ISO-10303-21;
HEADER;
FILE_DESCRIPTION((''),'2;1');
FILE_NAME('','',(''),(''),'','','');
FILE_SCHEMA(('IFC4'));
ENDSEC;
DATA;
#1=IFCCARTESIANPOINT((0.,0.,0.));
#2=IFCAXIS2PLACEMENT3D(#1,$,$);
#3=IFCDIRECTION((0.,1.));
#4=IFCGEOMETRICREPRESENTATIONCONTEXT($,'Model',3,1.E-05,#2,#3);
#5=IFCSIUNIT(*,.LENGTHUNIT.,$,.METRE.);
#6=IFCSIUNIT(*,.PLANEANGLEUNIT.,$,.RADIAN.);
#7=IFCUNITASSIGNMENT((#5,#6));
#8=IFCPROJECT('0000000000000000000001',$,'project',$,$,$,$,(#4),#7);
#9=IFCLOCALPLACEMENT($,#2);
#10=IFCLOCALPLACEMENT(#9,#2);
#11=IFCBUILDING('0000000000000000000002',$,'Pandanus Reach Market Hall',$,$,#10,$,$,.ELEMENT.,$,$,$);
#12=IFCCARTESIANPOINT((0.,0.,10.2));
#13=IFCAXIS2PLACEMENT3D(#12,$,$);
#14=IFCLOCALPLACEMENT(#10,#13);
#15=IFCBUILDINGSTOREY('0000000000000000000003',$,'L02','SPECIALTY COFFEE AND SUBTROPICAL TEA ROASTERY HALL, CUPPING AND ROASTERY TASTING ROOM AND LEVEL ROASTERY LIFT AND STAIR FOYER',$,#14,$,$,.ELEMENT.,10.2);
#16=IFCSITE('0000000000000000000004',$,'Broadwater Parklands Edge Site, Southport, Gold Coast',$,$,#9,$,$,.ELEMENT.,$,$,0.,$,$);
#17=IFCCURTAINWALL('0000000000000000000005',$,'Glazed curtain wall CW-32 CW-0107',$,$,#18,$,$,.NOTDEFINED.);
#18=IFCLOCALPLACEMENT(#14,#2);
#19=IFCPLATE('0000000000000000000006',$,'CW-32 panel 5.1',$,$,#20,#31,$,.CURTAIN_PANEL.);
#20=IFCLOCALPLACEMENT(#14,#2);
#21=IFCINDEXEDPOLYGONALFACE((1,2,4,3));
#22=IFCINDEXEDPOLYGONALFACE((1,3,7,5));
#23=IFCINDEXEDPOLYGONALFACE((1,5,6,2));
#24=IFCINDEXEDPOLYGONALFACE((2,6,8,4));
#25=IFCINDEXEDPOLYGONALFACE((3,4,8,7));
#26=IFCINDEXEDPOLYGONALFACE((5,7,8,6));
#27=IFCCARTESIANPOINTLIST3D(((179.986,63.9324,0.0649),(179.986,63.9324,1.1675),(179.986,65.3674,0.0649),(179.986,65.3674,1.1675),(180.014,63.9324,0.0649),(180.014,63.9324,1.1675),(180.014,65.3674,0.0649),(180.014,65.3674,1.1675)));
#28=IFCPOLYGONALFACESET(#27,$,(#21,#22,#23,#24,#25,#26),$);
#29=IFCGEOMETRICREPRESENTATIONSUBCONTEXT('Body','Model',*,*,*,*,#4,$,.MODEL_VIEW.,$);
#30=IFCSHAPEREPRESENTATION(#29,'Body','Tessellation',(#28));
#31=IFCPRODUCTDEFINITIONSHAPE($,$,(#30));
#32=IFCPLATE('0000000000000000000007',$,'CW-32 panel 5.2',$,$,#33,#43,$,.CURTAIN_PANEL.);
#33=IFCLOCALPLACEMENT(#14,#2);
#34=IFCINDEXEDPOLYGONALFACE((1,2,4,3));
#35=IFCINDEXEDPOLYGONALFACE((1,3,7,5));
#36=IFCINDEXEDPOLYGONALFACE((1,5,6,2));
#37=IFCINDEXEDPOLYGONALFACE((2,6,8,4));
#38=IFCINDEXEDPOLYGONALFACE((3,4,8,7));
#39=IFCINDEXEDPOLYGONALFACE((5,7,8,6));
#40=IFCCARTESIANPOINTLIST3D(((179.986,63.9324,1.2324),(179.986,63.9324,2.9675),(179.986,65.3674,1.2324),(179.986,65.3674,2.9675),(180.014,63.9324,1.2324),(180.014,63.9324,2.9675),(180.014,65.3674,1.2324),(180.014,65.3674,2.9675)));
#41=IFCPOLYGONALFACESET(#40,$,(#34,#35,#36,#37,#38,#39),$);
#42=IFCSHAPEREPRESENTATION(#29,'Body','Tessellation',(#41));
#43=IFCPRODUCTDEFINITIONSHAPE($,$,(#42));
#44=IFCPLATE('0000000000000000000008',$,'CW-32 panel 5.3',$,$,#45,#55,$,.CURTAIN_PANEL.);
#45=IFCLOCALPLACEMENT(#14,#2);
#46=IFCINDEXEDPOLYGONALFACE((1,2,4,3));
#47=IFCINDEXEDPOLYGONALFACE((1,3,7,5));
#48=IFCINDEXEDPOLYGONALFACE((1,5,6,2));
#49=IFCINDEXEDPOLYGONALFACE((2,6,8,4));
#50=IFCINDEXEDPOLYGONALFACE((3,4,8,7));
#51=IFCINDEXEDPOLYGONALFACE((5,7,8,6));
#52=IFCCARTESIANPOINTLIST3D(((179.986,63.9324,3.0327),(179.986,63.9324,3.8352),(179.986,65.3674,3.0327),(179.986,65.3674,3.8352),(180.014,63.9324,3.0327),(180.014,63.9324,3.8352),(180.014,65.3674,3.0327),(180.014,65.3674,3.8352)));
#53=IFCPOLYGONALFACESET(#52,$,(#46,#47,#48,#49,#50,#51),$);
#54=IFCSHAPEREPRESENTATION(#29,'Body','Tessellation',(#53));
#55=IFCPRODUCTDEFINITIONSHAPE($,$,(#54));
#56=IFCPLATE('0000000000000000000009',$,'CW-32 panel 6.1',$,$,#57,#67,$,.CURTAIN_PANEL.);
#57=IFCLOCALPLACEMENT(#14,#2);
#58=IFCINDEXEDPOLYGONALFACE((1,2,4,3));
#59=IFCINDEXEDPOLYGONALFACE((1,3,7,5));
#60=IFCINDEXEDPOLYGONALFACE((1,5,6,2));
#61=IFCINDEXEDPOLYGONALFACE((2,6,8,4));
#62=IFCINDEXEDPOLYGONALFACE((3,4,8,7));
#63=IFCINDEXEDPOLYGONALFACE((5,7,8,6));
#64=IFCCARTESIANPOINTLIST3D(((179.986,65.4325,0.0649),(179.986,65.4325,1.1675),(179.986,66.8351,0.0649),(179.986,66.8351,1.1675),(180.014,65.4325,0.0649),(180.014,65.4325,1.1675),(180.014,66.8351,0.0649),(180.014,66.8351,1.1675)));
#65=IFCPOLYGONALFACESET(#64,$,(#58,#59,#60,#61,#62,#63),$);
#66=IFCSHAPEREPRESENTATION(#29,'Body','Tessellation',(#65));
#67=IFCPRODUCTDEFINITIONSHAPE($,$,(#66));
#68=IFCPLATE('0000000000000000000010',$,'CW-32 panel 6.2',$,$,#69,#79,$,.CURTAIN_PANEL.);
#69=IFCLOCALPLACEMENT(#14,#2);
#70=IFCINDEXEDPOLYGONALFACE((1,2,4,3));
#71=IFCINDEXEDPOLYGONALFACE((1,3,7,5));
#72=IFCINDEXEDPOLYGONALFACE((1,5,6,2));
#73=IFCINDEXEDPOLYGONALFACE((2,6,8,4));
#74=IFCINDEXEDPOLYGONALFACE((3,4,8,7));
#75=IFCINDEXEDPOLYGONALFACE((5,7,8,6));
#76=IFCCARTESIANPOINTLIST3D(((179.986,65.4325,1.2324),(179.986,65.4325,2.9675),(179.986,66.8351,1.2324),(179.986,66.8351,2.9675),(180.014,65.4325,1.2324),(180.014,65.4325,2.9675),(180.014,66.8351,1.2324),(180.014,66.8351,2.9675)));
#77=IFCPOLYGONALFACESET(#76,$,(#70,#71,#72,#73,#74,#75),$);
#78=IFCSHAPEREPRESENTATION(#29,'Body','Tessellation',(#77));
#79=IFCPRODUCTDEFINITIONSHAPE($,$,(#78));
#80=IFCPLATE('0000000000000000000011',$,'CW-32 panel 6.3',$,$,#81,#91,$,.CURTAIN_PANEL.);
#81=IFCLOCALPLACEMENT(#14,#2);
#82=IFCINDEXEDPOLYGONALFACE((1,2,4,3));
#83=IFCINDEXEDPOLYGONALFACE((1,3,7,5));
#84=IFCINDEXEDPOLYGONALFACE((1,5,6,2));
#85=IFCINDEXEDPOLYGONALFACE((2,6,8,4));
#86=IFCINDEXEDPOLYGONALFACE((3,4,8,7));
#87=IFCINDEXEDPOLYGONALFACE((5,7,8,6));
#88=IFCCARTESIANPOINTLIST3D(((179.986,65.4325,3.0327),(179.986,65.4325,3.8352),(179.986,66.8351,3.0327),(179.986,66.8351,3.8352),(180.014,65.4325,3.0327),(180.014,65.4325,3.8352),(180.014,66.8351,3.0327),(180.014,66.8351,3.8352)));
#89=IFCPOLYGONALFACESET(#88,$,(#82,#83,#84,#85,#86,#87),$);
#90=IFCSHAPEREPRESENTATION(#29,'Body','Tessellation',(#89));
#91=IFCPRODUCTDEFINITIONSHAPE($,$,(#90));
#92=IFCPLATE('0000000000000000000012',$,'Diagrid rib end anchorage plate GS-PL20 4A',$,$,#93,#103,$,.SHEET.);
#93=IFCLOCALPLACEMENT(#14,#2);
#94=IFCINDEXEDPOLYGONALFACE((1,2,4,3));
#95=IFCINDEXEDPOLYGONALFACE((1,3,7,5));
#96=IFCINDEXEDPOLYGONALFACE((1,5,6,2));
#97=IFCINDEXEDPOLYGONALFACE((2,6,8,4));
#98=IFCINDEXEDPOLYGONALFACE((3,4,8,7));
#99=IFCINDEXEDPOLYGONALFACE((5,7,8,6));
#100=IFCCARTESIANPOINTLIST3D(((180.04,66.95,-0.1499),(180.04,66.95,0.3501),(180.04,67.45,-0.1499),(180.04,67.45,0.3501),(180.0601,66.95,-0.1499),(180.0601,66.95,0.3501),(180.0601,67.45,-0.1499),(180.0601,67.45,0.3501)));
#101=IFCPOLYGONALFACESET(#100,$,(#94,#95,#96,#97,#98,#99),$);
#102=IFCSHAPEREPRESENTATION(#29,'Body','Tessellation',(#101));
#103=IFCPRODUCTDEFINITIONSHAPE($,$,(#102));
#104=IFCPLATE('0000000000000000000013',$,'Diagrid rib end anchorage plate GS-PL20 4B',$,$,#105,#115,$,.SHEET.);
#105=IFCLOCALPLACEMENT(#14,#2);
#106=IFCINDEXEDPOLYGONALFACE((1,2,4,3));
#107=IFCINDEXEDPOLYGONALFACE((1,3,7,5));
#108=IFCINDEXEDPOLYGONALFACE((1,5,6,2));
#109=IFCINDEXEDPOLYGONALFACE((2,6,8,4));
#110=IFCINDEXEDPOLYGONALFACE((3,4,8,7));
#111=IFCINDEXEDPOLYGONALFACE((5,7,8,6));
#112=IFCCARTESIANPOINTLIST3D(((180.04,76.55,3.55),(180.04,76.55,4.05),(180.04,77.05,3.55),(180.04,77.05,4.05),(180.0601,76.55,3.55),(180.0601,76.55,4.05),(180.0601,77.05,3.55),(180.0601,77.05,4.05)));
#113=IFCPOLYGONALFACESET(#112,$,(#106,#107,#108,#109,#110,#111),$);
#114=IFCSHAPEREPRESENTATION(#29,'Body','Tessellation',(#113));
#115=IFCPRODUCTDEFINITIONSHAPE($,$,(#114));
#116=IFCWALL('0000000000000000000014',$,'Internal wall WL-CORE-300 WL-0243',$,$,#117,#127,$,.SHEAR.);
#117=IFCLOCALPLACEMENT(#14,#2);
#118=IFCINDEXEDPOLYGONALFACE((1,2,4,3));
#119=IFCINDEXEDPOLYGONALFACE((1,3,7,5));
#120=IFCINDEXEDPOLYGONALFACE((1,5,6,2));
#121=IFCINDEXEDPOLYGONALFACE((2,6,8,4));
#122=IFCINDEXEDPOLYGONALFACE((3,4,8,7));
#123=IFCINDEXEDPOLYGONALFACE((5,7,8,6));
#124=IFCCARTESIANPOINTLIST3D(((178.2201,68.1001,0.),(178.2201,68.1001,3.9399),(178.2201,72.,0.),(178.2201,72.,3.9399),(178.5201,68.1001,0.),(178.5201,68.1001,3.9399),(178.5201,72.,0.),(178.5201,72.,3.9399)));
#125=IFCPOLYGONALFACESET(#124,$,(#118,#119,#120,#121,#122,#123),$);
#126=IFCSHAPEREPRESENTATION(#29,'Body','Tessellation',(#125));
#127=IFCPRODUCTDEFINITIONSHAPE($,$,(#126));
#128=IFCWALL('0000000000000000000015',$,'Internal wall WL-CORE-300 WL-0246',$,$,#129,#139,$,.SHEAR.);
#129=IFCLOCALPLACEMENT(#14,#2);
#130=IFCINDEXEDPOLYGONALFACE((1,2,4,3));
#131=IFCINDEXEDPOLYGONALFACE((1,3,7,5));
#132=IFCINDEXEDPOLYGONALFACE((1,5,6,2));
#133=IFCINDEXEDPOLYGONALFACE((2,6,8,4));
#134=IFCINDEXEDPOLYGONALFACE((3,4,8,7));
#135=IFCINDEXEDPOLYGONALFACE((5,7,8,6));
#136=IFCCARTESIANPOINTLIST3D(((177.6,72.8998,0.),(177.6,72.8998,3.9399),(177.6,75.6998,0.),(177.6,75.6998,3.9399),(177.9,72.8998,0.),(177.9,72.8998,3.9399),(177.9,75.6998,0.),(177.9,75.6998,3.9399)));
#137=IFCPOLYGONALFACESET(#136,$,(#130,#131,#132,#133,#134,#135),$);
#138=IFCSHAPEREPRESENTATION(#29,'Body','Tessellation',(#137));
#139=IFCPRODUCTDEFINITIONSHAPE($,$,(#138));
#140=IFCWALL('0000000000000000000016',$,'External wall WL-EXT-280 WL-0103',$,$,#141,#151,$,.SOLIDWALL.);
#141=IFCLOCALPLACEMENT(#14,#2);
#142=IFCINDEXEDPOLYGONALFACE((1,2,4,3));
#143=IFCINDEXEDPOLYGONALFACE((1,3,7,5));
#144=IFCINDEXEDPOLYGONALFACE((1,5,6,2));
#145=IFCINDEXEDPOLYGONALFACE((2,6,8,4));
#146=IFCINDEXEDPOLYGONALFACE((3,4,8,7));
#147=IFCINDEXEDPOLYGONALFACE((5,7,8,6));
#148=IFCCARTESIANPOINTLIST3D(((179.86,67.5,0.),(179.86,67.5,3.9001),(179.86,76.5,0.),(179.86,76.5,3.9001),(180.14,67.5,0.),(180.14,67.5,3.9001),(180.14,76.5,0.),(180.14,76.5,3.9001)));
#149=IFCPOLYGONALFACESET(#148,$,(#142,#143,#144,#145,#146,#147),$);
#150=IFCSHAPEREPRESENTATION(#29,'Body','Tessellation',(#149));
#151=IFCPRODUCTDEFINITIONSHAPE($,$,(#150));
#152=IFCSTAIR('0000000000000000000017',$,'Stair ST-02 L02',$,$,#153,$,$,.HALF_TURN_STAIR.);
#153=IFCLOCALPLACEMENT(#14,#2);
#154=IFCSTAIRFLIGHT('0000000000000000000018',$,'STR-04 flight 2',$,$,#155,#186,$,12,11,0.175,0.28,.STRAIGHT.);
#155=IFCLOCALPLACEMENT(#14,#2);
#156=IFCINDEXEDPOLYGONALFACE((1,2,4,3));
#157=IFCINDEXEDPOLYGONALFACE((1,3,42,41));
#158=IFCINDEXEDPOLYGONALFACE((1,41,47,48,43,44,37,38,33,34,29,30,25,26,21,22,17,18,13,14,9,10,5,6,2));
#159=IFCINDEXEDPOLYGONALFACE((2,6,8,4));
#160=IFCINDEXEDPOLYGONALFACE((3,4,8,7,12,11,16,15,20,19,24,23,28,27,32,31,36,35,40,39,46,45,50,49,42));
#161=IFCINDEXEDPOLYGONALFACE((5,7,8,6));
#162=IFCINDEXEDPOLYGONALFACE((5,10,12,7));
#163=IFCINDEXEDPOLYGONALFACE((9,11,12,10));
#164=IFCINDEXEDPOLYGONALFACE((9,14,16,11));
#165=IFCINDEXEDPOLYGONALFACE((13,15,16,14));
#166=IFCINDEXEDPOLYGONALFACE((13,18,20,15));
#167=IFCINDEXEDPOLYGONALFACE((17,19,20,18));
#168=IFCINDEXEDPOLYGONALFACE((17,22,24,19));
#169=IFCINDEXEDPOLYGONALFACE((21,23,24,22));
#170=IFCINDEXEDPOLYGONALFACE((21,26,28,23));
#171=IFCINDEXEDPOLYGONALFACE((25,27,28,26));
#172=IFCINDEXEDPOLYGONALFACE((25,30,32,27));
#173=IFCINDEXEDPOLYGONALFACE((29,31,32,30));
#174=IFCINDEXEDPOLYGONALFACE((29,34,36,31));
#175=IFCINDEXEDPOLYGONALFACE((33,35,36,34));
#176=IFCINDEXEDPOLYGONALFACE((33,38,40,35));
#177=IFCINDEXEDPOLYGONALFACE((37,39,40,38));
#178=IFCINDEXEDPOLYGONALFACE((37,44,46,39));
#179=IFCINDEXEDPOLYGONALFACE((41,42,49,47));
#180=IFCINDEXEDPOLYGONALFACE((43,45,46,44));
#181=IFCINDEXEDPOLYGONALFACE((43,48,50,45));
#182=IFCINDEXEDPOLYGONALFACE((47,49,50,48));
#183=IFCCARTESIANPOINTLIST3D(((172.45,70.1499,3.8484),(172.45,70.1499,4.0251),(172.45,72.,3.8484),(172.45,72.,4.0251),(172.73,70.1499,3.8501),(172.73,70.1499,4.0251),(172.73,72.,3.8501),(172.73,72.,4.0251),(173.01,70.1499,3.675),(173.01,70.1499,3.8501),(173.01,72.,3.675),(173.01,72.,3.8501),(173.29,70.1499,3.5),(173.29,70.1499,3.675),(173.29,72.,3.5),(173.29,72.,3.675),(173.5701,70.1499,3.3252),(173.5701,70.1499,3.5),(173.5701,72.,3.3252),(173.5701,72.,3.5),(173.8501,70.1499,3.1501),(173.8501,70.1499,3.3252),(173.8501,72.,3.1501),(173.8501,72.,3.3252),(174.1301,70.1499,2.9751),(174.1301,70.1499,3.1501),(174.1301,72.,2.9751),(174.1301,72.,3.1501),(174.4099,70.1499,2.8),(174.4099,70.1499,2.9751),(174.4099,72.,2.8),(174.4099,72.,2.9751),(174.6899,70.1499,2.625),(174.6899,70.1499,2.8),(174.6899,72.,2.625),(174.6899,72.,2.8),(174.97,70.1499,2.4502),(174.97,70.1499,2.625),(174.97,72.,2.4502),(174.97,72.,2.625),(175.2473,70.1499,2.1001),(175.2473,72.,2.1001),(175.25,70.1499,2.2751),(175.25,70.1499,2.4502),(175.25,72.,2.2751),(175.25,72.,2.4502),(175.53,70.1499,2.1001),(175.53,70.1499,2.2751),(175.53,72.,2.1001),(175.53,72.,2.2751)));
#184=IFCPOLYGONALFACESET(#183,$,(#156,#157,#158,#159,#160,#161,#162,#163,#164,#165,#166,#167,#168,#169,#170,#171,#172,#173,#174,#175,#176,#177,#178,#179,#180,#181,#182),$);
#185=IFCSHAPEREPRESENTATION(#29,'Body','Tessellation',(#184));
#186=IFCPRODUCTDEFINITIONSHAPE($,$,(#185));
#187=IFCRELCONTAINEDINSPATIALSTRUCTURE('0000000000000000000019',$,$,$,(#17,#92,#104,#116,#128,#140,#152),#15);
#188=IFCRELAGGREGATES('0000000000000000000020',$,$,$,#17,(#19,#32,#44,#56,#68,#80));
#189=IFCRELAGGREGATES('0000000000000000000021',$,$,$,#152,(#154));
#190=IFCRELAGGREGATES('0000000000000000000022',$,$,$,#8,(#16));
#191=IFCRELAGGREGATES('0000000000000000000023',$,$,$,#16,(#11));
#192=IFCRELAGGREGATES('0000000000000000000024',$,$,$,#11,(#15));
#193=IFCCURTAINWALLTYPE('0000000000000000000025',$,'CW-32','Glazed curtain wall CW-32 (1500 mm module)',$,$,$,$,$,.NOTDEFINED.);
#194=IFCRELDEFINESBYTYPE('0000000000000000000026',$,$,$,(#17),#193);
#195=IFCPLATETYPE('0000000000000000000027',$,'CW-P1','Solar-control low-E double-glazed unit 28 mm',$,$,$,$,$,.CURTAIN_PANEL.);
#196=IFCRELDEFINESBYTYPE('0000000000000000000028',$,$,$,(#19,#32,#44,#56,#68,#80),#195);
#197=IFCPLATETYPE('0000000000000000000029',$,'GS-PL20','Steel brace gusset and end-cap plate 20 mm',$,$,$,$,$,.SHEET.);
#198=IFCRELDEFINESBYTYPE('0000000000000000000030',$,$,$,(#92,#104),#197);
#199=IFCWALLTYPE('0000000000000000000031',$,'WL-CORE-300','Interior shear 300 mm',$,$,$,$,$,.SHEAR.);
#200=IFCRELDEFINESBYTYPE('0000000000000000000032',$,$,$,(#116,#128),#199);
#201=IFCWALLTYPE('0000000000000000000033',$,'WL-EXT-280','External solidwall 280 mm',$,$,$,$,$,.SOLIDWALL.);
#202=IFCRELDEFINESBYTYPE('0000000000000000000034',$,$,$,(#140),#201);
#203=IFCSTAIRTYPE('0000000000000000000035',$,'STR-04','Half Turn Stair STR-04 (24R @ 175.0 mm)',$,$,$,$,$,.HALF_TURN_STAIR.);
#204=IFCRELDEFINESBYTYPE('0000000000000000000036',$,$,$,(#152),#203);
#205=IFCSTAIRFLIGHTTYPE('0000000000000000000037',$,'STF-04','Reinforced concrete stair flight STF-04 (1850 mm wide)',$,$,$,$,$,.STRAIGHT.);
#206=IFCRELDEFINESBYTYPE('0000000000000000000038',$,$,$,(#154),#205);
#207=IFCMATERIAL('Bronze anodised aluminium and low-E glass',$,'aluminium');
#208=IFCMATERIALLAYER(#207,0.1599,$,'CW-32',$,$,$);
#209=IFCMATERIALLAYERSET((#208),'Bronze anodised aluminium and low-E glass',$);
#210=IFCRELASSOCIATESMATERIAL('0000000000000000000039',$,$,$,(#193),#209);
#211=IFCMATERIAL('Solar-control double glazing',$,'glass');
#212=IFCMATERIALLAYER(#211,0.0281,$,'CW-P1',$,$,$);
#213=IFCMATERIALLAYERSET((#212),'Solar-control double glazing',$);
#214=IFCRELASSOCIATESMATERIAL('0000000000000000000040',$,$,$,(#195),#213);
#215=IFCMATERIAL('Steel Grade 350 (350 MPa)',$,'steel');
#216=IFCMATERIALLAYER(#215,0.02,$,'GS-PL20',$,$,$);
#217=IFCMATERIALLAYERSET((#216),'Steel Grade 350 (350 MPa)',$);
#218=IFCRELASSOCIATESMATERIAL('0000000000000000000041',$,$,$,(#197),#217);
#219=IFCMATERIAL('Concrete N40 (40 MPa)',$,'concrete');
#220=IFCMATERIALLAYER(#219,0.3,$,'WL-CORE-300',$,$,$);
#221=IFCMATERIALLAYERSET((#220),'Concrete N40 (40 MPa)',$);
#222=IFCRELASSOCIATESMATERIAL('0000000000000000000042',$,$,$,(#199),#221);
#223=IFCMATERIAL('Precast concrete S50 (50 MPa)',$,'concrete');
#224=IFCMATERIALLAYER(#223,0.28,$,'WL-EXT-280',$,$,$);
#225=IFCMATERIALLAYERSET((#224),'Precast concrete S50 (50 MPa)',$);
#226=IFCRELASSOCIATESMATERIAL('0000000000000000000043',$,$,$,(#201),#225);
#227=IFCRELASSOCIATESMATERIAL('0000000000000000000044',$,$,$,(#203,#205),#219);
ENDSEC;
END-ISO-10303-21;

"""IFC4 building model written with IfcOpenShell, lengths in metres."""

from ifc_helpers import new_model, si_unit, direction, frame, frame_2d, origin, origin_2d, place, context, subcontext, project, spatial, polyline, rectangle, outline, extrude, material, layer, layer_set, type_object, element, aggregate, save


model = new_model("IFC4")

# Units and contexts
model_context = context("Model", 3, precision=1e-05, world=origin(), true_north=direction((0.0, 1.0)))
body_context = subcontext(model_context, "Body", "Model", "MODEL_VIEW")
ifc_project = project(units=[si_unit("LENGTHUNIT", "METRE"), si_unit("PLANEANGLEUNIT", "RADIAN")], contexts=[model_context])

# Site, building, storey
site_placement = place(None, origin())
site = spatial("IfcSite", under=ifc_project, at=site_placement, Name="Broadwater Parklands Edge Site, Southport, Gold Coast", CompositionType="ELEMENT", RefElevation=0.0)
building_placement = place(site_placement, origin())
building = spatial("IfcBuilding", under=site, at=building_placement, Name="Pandanus Reach Market Hall", CompositionType="ELEMENT")
storey_placement = place(building_placement, frame((0.0, 0.0, 10.2)))
storey = spatial("IfcBuildingStorey", under=building, at=storey_placement, Name="L02", Description="SPECIALTY COFFEE AND SUBTROPICAL TEA ROASTERY HALL, CUPPING AND ROASTERY TASTING ROOM AND LEVEL ROASTERY LIFT AND STAIR FOYER", CompositionType="ELEMENT", Elevation=10.2)

# Shared definitions
ifc_material_1 = material(Name="Concrete N40 (40 MPa)", Category="concrete")

# Curtain wall
ifc_material_2 = material(Name="Bronze anodised aluminium and low-E glass", Category="aluminium")
ifc_layer_1 = layer(ifc_material_2, 0.1599, Name="CW-32")
ifc_layer_set_1 = layer_set([ifc_layer_1], Name="Bronze anodised aluminium and low-E glass")
curtain_wall_type = type_object("IfcCurtainWallType", Name="CW-32", Description="Glazed curtain wall CW-32 (1500 mm module)", PredefinedType="NOTDEFINED", material=ifc_layer_set_1)
curtain_wall_placement = place(storey_placement, origin())
curtain_wall = element("IfcCurtainWall", 1, at=curtain_wall_placement, inside=storey, type_object=curtain_wall_type, Name="Glazed curtain wall CW-32 CW-0107", PredefinedType="NOTDEFINED")

# Shared definitions
ifc_material_3 = material(Name="Steel Grade 350 (350 MPa)", Category="steel")

# Plates
ifc_material_4 = material(Name="Solar-control double glazing", Category="glass")
ifc_layer_2 = layer(ifc_material_4, 0.0281, Name="CW-P1")
ifc_layer_set_2 = layer_set([ifc_layer_2], Name="Solar-control double glazing")
plate_type_1 = type_object("IfcPlateType", Name="CW-P1", Description="Solar-control low-E double-glazed unit 28 mm", PredefinedType="CURTAIN_PANEL", material=ifc_layer_set_2)
plate_1_placement = place(storey_placement, frame((180.0, 64.6499, 0.0649), z_axis=(0.0, 0.0, 1.0), x_axis=(0.0, 1.0, 0.0)))
plate_1 = element("IfcPlate", 2, at=plate_1_placement, type_object=plate_type_1, Name="CW-32 panel 5.1", PredefinedType="CURTAIN_PANEL", context=body_context, shape_type="SweptSolid", body=[
    extrude(rectangle(XDim=1.4351, YDim=0.0281, at=origin_2d()), origin(), (0.0, 0.0, 1.0), 1.1025),
])
plate_2_placement = place(storey_placement, frame((180.0, 64.6499, 1.2324), z_axis=(0.0, 0.0, 1.0), x_axis=(0.0, 1.0, 0.0)))
plate_2 = element("IfcPlate", 3, at=plate_2_placement, type_object=plate_type_1, Name="CW-32 panel 5.2", PredefinedType="CURTAIN_PANEL", context=body_context, shape_type="SweptSolid", body=[
    extrude(rectangle(XDim=1.4351, YDim=0.0281, at=origin_2d()), origin(), (0.0, 0.0, 1.0), 1.7351),
])
plate_3_placement = place(storey_placement, frame((180.0, 64.6499, 3.0327), z_axis=(0.0, 0.0, 1.0), x_axis=(0.0, 1.0, 0.0)))
plate_3 = element("IfcPlate", 4, at=plate_3_placement, type_object=plate_type_1, Name="CW-32 panel 5.3", PredefinedType="CURTAIN_PANEL", context=body_context, shape_type="SweptSolid", body=[
    extrude(rectangle(XDim=1.4351, YDim=0.0281, at=origin_2d()), origin(), (0.0, 0.0, 1.0), 0.8025),
])
plate_4_placement = place(storey_placement, frame((180.0, 66.1338, 0.0649), z_axis=(0.0, 0.0, 1.0), x_axis=(0.0, 1.0, 0.0)))
plate_4 = element("IfcPlate", 5, at=plate_4_placement, type_object=plate_type_1, Name="CW-32 panel 6.1", PredefinedType="CURTAIN_PANEL", context=body_context, shape_type="SweptSolid", body=[
    extrude(rectangle(XDim=1.4026, YDim=0.0281, at=origin_2d()), origin(), (0.0, 0.0, 1.0), 1.1025),
])
plate_5_placement = place(storey_placement, frame((180.0, 66.1338, 1.2324), z_axis=(0.0, 0.0, 1.0), x_axis=(0.0, 1.0, 0.0)))
plate_5 = element("IfcPlate", 6, at=plate_5_placement, type_object=plate_type_1, Name="CW-32 panel 6.2", PredefinedType="CURTAIN_PANEL", context=body_context, shape_type="SweptSolid", body=[
    extrude(rectangle(XDim=1.4026, YDim=0.0281, at=origin_2d()), origin(), (0.0, 0.0, 1.0), 1.7351),
])
plate_6_placement = place(storey_placement, frame((180.0, 66.1338, 3.0327), z_axis=(0.0, 0.0, 1.0), x_axis=(0.0, 1.0, 0.0)))
plate_6 = element("IfcPlate", 7, at=plate_6_placement, type_object=plate_type_1, Name="CW-32 panel 6.3", PredefinedType="CURTAIN_PANEL", context=body_context, shape_type="SweptSolid", body=[
    extrude(rectangle(XDim=1.4026, YDim=0.0281, at=origin_2d()), origin(), (0.0, 0.0, 1.0), 0.8025),
])
aggregate(curtain_wall, [plate_1, plate_2, plate_3, plate_4, plate_5, plate_6])

# Plates
ifc_layer_3 = layer(ifc_material_3, 0.02, Name="GS-PL20")
ifc_layer_set_3 = layer_set([ifc_layer_3], Name="Steel Grade 350 (350 MPa)")
plate_type_2 = type_object("IfcPlateType", Name="GS-PL20", Description="Steel brace gusset and end-cap plate 20 mm", PredefinedType="SHEET", material=ifc_layer_set_3)
for number, where, z_axis, x_axis, name in (
    (8, (180.05, 67.2, -0.1499), (0.0, 0.0, 1.0), (1.0, 0.0, 0.0), "Diagrid rib end anchorage plate GS-PL20 4A"),
    (9, (180.05, 76.8, 3.55), (0.0, 0.0, 1.0), (1.0, 0.0, 0.0), "Diagrid rib end anchorage plate GS-PL20 4B"),
):
    element("IfcPlate", number, at=place(storey_placement, frame(where, z_axis=z_axis, x_axis=x_axis)), inside=storey, type_object=plate_type_2, Name=name, PredefinedType="SHEET", context=body_context, shape_type="SweptSolid", body=[
        extrude(rectangle(XDim=0.02, YDim=0.5, at=origin_2d()), origin(), (0.0, 0.0, 1.0), 0.5),
    ])

# Walls
ifc_layer_4 = layer(ifc_material_1, 0.3, Name="WL-CORE-300")
ifc_layer_set_4 = layer_set([ifc_layer_4], Name="Concrete N40 (40 MPa)")
wall_type_1 = type_object("IfcWallType", Name="WL-CORE-300", Description="Interior shear 300 mm", PredefinedType="SHEAR", material=ifc_layer_set_4)
wall_1_placement = place(storey_placement, frame((178.3701, 68.1001, 0.0), z_axis=(0.0, 0.0, 1.0), x_axis=(0.0, 1.0, 0.0)))
element("IfcWall", 10, at=wall_1_placement, inside=storey, type_object=wall_type_1, Name="Internal wall WL-CORE-300 WL-0243", PredefinedType="SHEAR", context=body_context, shape_type="SweptSolid", body=[
    extrude(rectangle(XDim=3.8999, YDim=0.3, at=frame_2d((1.95, 0.0))), origin(), (0.0, 0.0, 1.0), 3.9399),
])
wall_2_placement = place(storey_placement, frame((177.75, 72.8999, 0.0), z_axis=(0.0, 0.0, 1.0), x_axis=(0.0, 1.0, 0.0)))
element("IfcWall", 11, at=wall_2_placement, inside=storey, type_object=wall_type_1, Name="Internal wall WL-CORE-300 WL-0246", PredefinedType="SHEAR", context=body_context, shape_type="SweptSolid", body=[
    extrude(rectangle(XDim=2.8, YDim=0.3, at=frame_2d((1.3999, 0.0))), origin(), (0.0, 0.0, 1.0), 3.9399),
])
ifc_material_5 = material(Name="Precast concrete S50 (50 MPa)", Category="concrete")
ifc_layer_5 = layer(ifc_material_5, 0.28, Name="WL-EXT-280")
ifc_layer_set_5 = layer_set([ifc_layer_5], Name="Precast concrete S50 (50 MPa)")
wall_type_2 = type_object("IfcWallType", Name="WL-EXT-280", Description="External solidwall 280 mm", PredefinedType="SOLIDWALL", material=ifc_layer_set_5)
wall_3_placement = place(storey_placement, frame((180.0, 67.5, 0.0), z_axis=(0.0, 0.0, 1.0), x_axis=(0.0, 1.0, 0.0)))
element("IfcWall", 12, at=wall_3_placement, inside=storey, type_object=wall_type_2, Name="External wall WL-EXT-280 WL-0103", PredefinedType="SOLIDWALL", context=body_context, shape_type="SweptSolid", body=[
    extrude(rectangle(XDim=9.0, YDim=0.28, at=frame_2d((4.5, 0.0))), origin(), (0.0, 0.0, 1.0), 3.9001),
])

# Stair, stair flight
stair_type = type_object("IfcStairType", Name="STR-04", Description="Half Turn Stair STR-04 (24R @ 175.0 mm)", PredefinedType="HALF_TURN_STAIR", material=ifc_material_1)
stair_placement = place(storey_placement, origin())
stair = element("IfcStair", 13, at=stair_placement, inside=storey, type_object=stair_type, Name="Stair ST-02 L02", PredefinedType="HALF_TURN_STAIR")
stair_flight_type = type_object("IfcStairFlightType", Name="STF-04", Description="Reinforced concrete stair flight STF-04 (1850 mm wide)", PredefinedType="STRAIGHT", material=ifc_material_1)
stair_flight_placement = place(storey_placement, frame((175.53, 71.075, 2.1001), z_axis=(0.0, 0.0, 1.0), x_axis=(-1.0, 0.0, 0.0)))
stair_flight = element("IfcStairFlight", 14, at=stair_flight_placement, type_object=stair_flight_type, Name="STR-04 flight 2", NumberOfRisers=12, NumberOfTreads=11, PredefinedType="STRAIGHT", RiserHeight=0.175, TreadLength=0.28, context=body_context, shape_type="SweptSolid", body=[
    extrude(outline(polyline([(0.0, 0.0), (0.0, 0.175), (0.28, 0.175), (0.28, 0.3501), (0.5601, 0.3501), (0.5601, 0.5249), (0.8401, 0.5249), (0.8401, 0.7), (1.1201, 0.7), (1.1201, 0.875), (1.3999, 0.875), (1.3999, 1.05), (1.6799, 1.05), (1.6799, 1.2251), (1.96, 1.2251), (1.96, 1.3999), (2.24, 1.3999), (2.24, 1.575), (2.52, 1.575), (2.52, 1.75), (2.8, 1.75), (2.8, 1.925), (3.0801, 1.925), (3.0801, 2.1001), (3.0801, 1.7483), (0.2827, 0.0), (0.0, 0.0)])), frame((0.0, 0.925, 0.0), z_axis=(0.0, -1.0, 0.0), x_axis=(1.0, 0.0, 0.0)), (0.0, 0.0, 1.0), 1.8501),
])
aggregate(stair, [stair_flight])

save(model, "model.ifc")
